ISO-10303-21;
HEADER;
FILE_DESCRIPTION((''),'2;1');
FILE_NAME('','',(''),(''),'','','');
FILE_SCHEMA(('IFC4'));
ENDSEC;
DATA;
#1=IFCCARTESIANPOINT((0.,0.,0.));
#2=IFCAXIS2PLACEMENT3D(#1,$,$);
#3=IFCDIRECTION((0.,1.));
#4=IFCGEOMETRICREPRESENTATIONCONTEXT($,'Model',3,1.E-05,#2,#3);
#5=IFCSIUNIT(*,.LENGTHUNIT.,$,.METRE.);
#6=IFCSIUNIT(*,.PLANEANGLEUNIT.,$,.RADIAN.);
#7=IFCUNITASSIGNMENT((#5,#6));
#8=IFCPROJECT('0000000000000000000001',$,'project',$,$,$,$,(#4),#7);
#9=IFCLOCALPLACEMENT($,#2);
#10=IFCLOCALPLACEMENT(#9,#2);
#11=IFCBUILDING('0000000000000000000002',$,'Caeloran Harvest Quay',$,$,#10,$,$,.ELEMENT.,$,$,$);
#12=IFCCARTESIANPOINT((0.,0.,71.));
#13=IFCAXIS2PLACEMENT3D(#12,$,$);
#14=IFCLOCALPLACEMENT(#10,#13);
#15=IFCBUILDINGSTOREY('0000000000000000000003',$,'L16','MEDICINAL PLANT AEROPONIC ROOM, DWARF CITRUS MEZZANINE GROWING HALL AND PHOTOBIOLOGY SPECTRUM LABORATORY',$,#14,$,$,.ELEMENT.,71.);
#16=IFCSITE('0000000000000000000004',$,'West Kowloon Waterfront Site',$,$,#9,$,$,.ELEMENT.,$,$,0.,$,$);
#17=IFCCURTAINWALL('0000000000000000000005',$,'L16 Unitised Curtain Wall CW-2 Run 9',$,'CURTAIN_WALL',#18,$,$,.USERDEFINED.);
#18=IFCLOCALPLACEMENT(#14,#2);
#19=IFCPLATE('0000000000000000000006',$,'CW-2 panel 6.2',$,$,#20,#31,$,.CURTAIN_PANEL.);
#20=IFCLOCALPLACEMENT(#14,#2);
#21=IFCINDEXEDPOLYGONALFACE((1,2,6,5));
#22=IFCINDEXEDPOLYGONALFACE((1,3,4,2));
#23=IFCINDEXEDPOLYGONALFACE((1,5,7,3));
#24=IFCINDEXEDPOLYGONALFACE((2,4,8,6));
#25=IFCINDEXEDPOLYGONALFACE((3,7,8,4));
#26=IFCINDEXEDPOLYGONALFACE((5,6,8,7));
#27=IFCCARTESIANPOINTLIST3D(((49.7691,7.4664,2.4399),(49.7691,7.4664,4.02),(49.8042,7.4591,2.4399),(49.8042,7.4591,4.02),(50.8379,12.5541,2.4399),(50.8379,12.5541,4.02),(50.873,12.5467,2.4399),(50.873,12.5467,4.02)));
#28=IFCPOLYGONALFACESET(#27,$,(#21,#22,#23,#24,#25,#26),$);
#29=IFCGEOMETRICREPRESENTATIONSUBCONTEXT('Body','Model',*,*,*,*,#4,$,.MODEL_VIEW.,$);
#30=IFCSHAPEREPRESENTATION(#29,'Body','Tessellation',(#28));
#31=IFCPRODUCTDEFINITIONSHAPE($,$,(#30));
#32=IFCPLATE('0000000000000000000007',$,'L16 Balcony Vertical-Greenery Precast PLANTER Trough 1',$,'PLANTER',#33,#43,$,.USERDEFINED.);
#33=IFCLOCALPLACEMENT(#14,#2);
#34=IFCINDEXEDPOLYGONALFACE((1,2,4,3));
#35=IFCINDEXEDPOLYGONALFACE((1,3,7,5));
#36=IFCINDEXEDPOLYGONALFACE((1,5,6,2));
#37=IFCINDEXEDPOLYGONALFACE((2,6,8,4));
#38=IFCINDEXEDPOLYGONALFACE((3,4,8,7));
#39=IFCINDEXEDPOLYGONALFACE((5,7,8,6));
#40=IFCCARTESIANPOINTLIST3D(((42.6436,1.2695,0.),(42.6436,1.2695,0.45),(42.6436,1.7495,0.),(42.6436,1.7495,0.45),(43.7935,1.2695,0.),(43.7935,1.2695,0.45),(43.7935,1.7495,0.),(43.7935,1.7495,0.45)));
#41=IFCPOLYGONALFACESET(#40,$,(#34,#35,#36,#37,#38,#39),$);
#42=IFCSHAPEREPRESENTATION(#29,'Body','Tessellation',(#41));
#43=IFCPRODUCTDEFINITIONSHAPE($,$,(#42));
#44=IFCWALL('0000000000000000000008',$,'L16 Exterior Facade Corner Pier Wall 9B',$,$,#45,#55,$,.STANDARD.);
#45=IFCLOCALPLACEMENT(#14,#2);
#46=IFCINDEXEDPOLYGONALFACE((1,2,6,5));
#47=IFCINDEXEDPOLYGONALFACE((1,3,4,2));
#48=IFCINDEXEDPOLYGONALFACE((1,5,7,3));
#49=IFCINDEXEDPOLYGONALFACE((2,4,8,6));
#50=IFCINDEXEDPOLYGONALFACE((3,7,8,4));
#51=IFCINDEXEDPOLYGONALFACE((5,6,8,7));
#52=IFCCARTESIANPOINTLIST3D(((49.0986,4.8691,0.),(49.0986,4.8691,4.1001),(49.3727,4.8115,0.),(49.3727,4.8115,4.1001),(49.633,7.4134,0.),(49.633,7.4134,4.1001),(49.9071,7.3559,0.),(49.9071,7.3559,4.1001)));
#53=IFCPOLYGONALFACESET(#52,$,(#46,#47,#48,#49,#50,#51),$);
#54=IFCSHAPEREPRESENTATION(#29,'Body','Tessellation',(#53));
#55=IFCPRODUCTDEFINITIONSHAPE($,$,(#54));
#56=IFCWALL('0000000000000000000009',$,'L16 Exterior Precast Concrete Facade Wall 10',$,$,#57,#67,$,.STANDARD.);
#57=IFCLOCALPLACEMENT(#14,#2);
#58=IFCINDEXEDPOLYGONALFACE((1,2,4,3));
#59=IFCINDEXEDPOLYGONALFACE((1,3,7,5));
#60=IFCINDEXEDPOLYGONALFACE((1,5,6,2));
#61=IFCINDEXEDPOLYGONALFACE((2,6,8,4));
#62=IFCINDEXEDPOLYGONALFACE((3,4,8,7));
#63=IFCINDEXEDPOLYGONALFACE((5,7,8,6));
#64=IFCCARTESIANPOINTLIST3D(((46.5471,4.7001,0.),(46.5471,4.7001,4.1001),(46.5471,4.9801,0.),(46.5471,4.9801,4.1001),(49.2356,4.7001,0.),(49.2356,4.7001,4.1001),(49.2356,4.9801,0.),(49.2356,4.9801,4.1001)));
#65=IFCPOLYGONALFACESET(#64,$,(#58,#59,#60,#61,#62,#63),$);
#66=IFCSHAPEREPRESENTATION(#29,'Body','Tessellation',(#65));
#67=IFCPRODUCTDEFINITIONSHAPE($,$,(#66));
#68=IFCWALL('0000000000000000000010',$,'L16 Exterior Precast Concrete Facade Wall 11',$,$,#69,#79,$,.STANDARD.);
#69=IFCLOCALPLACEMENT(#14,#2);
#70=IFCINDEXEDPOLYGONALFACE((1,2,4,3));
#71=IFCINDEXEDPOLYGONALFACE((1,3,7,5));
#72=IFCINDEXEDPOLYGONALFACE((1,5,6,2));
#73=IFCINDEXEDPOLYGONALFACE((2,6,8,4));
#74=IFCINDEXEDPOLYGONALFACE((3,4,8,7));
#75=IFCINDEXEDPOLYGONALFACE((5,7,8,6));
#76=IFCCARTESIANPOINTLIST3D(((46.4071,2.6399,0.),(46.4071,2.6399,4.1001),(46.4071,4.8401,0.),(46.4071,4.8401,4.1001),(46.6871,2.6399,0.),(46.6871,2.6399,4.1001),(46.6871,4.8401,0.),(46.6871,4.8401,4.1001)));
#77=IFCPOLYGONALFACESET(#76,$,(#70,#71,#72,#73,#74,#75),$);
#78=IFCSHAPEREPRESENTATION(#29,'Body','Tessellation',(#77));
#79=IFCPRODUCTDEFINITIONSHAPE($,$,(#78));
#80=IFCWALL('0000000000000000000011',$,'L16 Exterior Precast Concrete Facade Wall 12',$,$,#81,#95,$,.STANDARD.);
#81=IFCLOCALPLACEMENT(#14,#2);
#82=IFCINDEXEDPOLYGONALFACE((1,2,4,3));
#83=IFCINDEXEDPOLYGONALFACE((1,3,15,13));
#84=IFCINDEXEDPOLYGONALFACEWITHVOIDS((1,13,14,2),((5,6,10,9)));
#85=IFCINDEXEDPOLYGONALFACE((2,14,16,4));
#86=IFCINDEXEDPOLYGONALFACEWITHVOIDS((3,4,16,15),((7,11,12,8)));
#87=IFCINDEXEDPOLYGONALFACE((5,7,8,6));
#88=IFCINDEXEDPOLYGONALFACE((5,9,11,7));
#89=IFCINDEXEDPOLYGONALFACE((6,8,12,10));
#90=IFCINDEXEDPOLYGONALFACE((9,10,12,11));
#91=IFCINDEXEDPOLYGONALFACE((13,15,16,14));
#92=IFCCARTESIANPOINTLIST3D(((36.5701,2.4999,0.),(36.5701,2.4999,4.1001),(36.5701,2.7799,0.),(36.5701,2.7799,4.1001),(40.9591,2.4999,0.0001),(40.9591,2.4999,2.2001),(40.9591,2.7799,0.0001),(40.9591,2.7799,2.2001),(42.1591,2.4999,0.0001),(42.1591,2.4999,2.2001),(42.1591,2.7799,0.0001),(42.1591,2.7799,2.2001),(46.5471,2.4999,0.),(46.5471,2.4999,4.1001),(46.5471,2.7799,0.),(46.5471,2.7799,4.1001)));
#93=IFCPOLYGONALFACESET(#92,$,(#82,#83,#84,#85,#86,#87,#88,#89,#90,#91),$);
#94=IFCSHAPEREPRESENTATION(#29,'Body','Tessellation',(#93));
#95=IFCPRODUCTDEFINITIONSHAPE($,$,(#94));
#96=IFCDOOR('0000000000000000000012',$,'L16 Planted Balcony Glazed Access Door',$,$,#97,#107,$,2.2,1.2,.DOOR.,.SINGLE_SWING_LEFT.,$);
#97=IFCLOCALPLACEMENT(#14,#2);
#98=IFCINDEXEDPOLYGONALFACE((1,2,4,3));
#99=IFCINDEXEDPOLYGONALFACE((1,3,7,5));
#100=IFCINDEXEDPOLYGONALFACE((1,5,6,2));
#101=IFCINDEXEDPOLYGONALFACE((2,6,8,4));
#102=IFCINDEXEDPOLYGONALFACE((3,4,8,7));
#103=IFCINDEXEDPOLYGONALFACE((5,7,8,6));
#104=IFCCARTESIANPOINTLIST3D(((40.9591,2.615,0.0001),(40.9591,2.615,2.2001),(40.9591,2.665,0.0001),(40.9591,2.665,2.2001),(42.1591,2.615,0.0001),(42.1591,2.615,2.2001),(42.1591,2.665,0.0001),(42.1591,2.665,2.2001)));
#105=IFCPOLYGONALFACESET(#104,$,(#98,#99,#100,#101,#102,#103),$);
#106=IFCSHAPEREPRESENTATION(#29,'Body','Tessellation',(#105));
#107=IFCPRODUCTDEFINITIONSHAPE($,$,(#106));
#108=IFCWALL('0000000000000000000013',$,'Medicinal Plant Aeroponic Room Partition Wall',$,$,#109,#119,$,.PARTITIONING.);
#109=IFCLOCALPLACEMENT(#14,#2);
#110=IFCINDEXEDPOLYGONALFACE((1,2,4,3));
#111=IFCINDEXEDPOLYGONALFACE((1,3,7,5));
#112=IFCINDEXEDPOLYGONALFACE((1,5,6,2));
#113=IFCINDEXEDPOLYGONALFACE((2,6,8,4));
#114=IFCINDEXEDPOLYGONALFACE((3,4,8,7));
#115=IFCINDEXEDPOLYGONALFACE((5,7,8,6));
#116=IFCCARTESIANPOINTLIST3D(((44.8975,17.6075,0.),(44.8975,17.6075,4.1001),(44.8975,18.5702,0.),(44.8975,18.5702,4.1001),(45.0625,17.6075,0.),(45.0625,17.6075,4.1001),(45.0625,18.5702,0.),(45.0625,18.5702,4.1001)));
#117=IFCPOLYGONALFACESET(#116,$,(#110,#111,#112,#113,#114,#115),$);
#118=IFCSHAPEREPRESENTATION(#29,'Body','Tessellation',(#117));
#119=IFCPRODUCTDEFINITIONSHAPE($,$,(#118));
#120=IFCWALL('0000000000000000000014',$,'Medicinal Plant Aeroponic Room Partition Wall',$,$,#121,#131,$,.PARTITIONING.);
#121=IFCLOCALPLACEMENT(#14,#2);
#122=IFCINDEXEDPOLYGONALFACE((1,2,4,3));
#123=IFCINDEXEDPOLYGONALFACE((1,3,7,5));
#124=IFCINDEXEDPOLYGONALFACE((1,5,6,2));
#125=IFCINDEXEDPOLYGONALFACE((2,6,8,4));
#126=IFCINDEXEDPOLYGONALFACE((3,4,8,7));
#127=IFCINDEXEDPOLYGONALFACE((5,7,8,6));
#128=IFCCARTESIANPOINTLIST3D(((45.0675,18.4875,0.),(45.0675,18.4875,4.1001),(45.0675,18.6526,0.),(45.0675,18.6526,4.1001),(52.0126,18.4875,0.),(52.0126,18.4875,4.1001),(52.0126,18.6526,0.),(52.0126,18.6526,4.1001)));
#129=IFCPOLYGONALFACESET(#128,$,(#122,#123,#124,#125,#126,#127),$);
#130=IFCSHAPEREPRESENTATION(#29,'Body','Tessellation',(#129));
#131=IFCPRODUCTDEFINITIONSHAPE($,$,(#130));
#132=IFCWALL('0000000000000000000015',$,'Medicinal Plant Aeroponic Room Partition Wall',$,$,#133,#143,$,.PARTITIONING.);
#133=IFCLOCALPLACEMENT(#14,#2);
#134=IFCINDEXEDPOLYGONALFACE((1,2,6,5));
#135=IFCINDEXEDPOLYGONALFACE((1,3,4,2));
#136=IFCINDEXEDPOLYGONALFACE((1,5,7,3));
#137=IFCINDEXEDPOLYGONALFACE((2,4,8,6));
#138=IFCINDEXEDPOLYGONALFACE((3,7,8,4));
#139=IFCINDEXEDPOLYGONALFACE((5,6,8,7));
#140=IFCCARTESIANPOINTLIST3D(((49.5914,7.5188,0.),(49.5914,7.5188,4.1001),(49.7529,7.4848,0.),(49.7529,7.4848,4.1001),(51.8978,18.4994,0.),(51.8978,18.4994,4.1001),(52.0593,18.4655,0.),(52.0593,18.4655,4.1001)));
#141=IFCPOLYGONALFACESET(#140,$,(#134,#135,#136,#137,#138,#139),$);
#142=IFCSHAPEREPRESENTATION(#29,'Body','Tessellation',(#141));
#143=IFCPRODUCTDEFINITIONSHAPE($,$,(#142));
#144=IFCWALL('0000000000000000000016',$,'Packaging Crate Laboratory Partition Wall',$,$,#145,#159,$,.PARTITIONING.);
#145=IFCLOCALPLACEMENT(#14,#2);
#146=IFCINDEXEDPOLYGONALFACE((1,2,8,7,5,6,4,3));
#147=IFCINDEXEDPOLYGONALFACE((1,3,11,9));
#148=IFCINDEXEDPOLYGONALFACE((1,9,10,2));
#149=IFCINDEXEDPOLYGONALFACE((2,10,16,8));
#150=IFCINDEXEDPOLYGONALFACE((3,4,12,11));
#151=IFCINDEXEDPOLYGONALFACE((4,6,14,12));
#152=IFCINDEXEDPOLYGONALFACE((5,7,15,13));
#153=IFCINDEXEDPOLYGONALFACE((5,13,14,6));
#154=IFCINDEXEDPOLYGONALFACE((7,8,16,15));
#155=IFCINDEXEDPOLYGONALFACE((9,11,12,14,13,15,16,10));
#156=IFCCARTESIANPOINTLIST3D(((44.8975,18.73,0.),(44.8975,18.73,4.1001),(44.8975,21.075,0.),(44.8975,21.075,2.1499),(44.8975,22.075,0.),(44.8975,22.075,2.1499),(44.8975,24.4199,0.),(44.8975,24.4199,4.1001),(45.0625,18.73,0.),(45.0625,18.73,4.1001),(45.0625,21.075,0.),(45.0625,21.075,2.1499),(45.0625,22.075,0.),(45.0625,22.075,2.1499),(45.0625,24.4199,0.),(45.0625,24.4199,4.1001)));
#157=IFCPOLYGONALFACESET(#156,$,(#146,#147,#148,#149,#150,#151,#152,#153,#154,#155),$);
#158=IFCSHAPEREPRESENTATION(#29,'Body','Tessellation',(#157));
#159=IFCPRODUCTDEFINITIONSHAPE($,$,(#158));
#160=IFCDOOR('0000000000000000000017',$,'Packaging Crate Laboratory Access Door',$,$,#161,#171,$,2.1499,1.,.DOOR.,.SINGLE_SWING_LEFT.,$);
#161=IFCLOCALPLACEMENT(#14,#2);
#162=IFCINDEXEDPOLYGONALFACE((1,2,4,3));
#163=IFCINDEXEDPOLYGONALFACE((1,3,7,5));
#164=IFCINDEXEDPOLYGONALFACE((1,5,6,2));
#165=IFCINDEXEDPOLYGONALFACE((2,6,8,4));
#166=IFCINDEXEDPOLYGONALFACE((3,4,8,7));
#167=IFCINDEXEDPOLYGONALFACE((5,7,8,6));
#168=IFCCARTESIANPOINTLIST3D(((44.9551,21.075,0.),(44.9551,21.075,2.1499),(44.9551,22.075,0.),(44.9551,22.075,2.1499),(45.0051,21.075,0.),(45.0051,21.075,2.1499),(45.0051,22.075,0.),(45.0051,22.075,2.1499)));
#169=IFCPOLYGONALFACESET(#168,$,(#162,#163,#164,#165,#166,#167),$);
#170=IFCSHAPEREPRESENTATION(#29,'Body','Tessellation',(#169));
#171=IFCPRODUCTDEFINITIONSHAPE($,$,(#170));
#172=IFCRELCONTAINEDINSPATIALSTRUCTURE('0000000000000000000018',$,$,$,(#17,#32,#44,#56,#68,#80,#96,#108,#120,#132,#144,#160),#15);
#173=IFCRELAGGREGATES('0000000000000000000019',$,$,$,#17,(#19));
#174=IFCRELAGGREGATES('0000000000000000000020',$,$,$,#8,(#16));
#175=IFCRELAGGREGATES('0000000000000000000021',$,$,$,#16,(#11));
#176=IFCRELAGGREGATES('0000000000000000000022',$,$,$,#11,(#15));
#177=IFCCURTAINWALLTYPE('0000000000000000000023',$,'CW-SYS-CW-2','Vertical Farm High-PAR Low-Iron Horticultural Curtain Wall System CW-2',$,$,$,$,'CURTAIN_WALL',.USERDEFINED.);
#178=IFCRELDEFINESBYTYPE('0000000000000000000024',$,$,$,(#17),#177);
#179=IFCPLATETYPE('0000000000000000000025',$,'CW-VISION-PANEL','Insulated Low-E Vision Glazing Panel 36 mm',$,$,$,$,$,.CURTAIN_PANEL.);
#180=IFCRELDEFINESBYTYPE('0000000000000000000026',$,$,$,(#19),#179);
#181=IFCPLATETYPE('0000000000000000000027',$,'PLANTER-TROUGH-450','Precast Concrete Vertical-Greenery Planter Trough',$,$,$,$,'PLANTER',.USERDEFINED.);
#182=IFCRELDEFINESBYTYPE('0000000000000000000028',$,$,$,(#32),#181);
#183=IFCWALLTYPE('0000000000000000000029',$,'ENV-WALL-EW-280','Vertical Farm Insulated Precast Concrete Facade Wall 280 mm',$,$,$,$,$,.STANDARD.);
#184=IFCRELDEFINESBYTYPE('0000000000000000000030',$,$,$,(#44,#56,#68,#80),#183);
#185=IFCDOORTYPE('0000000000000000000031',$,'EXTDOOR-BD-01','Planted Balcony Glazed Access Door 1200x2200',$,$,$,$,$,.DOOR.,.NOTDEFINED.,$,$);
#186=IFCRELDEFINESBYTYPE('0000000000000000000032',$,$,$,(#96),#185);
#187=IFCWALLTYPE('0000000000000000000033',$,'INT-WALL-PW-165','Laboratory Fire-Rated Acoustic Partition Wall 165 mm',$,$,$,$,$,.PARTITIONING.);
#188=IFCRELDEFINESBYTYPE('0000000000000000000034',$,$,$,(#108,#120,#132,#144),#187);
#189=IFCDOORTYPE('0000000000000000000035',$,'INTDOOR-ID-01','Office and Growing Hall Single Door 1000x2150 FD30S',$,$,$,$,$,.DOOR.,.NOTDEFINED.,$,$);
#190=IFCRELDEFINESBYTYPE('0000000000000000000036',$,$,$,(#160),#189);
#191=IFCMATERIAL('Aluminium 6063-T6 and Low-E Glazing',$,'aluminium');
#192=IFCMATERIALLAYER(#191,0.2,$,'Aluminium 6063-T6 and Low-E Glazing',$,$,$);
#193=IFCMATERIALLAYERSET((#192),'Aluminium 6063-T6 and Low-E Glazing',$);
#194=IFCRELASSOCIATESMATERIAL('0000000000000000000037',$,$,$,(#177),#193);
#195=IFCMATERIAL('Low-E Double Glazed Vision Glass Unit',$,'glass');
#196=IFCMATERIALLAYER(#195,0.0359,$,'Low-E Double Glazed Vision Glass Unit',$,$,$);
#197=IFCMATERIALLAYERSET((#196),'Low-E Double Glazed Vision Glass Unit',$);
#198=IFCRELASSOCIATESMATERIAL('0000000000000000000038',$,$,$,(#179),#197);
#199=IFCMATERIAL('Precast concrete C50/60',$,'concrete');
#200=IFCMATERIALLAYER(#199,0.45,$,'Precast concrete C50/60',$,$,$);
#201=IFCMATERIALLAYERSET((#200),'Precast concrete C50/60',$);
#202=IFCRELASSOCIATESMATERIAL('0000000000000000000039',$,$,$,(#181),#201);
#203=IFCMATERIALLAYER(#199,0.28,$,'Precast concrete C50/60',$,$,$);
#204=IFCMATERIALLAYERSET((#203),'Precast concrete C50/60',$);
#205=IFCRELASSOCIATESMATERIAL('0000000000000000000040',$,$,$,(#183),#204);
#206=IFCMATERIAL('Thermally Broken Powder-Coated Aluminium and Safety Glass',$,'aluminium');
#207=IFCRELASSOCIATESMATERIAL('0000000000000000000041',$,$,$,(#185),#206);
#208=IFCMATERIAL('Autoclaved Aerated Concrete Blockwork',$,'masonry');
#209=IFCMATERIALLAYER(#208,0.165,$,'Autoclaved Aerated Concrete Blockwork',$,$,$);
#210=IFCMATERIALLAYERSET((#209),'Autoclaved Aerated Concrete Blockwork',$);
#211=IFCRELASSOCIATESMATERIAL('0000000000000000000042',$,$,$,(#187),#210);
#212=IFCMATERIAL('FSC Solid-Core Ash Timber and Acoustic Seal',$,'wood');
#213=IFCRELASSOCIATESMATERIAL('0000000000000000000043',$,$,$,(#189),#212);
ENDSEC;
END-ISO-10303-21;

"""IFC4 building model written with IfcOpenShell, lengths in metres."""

from ifc_helpers import new_model, si_unit, direction, frame, frame_2d, origin, origin_2d, place, context, subcontext, project, spatial, rectangle, extrude, material, layer, layer_set, type_object, element, fill, aggregate, save


model = new_model("IFC4")

# Units and contexts
model_context = context("Model", 3, precision=1e-05, world=origin(), true_north=direction((0.0, 1.0)))
body_context = subcontext(model_context, "Body", "Model", "MODEL_VIEW")
ifc_project = project(units=[si_unit("LENGTHUNIT", "METRE"), si_unit("PLANEANGLEUNIT", "RADIAN")], contexts=[model_context])

# Site, building, storey
site_placement = place(None, origin())
site = spatial("IfcSite", under=ifc_project, at=site_placement, Name="West Kowloon Waterfront Site", CompositionType="ELEMENT", RefElevation=0.0)
building_placement = place(site_placement, origin())
building = spatial("IfcBuilding", under=site, at=building_placement, Name="Caeloran Harvest Quay", CompositionType="ELEMENT")
storey_placement = place(building_placement, frame((0.0, 0.0, 71.0)))
storey = spatial("IfcBuildingStorey", under=building, at=storey_placement, Name="L16", Description="MEDICINAL PLANT AEROPONIC ROOM, DWARF CITRUS MEZZANINE GROWING HALL AND PHOTOBIOLOGY SPECTRUM LABORATORY", CompositionType="ELEMENT", Elevation=71.0)

# Curtain wall, plate
ifc_material_1 = material(Name="Aluminium 6063-T6 and Low-E Glazing", Category="aluminium")
ifc_layer_1 = layer(ifc_material_1, 0.2, Name="Aluminium 6063-T6 and Low-E Glazing")
ifc_layer_set_1 = layer_set([ifc_layer_1], Name="Aluminium 6063-T6 and Low-E Glazing")
curtain_wall_type = type_object("IfcCurtainWallType", Name="CW-SYS-CW-2", Description="Vertical Farm High-PAR Low-Iron Horticultural Curtain Wall System CW-2", ElementType="CURTAIN_WALL", PredefinedType="USERDEFINED", material=ifc_layer_set_1)
curtain_wall_placement = place(storey_placement, origin())
curtain_wall = element("IfcCurtainWall", 1, at=curtain_wall_placement, inside=storey, type_object=curtain_wall_type, Name="L16 Unitised Curtain Wall CW-2 Run 9", ObjectType="CURTAIN_WALL", PredefinedType="USERDEFINED")
ifc_material_2 = material(Name="Low-E Double Glazed Vision Glass Unit", Category="glass")
ifc_layer_2 = layer(ifc_material_2, 0.0359, Name="Low-E Double Glazed Vision Glass Unit")
ifc_layer_set_2 = layer_set([ifc_layer_2], Name="Low-E Double Glazed Vision Glass Unit")
plate_type_1 = type_object("IfcPlateType", Name="CW-VISION-PANEL", Description="Insulated Low-E Vision Glazing Panel 36 mm", PredefinedType="CURTAIN_PANEL", material=ifc_layer_set_2)
plate_1_placement = place(storey_placement, frame((50.321, 10.0066, 2.4399), z_axis=(0.0, 0.0, 1.0), x_axis=(-0.205583, -0.97864, 0.0)))
plate_1 = element("IfcPlate", 2, at=plate_1_placement, type_object=plate_type_1, Name="CW-2 panel 6.2", PredefinedType="CURTAIN_PANEL", context=body_context, shape_type="SweptSolid", body=[
    extrude(rectangle(XDim=5.1987, YDim=0.0359, at=origin_2d()), origin(), (0.0, 0.0, 1.0), 1.5801),
])
aggregate(curtain_wall, [plate_1])

# Plate
ifc_material_3 = material(Name="Precast concrete C50/60", Category="concrete")
ifc_layer_3 = layer(ifc_material_3, 0.45, Name="Precast concrete C50/60")
ifc_layer_set_3 = layer_set([ifc_layer_3], Name="Precast concrete C50/60")
plate_type_2 = type_object("IfcPlateType", Name="PLANTER-TROUGH-450", Description="Precast Concrete Vertical-Greenery Planter Trough", ElementType="PLANTER", PredefinedType="USERDEFINED", material=ifc_layer_set_3)
plate_2_placement = place(storey_placement, frame((43.2185, 1.5095, 0.0), z_axis=(0.0, 0.0, 1.0), x_axis=(1.0, 0.0, 0.0)))
element("IfcPlate", 3, at=plate_2_placement, inside=storey, type_object=plate_type_2, Name="L16 Balcony Vertical-Greenery Precast PLANTER Trough 1", ObjectType="PLANTER", PredefinedType="USERDEFINED", context=body_context, shape_type="SweptSolid", body=[
    extrude(rectangle(XDim=1.1499, YDim=0.48, at=origin_2d()), origin(), (0.0, 0.0, 1.0), 0.45),
])

# Walls
ifc_layer_4 = layer(ifc_material_3, 0.28, Name="Precast concrete C50/60")
ifc_layer_set_4 = layer_set([ifc_layer_4], Name="Precast concrete C50/60")
wall_type_1 = type_object("IfcWallType", Name="ENV-WALL-EW-280", Description="Vertical Farm Insulated Precast Concrete Facade Wall 280 mm", PredefinedType="STANDARD", material=ifc_layer_set_4)
wall_1_placement = place(storey_placement, frame((49.77, 7.3845, 0.0), z_axis=(0.0, 0.0, 1.0), x_axis=(-0.205551, -0.978646, 0.0)))
element("IfcWall", 4, at=wall_1_placement, inside=storey, type_object=wall_type_1, Name="L16 Exterior Facade Corner Pier Wall 9B", PredefinedType="STANDARD", context=body_context, shape_type="SweptSolid", body=[
    extrude(rectangle(XDim=2.5999, YDim=0.28, at=frame_2d((1.2998, 0.0))), origin(), (0.0, 0.0, 1.0), 4.1001),
])
wall_2_placement = place(storey_placement, frame((49.2356, 4.8401, 0.0), z_axis=(0.0, 0.0, 1.0), x_axis=(-1.0, 0.0, 0.0)))
element("IfcWall", 5, at=wall_2_placement, inside=storey, type_object=wall_type_1, Name="L16 Exterior Precast Concrete Facade Wall 10", PredefinedType="STANDARD", context=body_context, shape_type="SweptSolid", body=[
    extrude(rectangle(XDim=2.6885, YDim=0.28, at=frame_2d((1.3442, 0.0))), origin(), (0.0, 0.0, 1.0), 4.1001),
])
wall_3_placement = place(storey_placement, frame((46.5471, 4.8401, 0.0), z_axis=(0.0, 0.0, 1.0), x_axis=(0.0, -1.0, 0.0)))
element("IfcWall", 6, at=wall_3_placement, inside=storey, type_object=wall_type_1, Name="L16 Exterior Precast Concrete Facade Wall 11", PredefinedType="STANDARD", context=body_context, shape_type="SweptSolid", body=[
    extrude(rectangle(XDim=2.2002, YDim=0.28, at=frame_2d((1.1001, 0.0))), origin(), (0.0, 0.0, 1.0), 4.1001),
])

# Wall, opening, door
wall_4_placement = place(storey_placement, frame((46.5471, 2.6399, 0.0), z_axis=(0.0, 0.0, 1.0), x_axis=(-1.0, 0.0, 0.0)))
wall_4 = element("IfcWall", 7, at=wall_4_placement, inside=storey, type_object=wall_type_1, Name="L16 Exterior Precast Concrete Facade Wall 12", PredefinedType="STANDARD", context=body_context, shape_type="SweptSolid", body=[
    extrude(rectangle(XDim=9.9771, YDim=0.28, at=frame_2d((4.9885, 0.0))), origin(), (0.0, 0.0, 1.0), 4.1001),
])
opening_1_placement = place(wall_4_placement, frame((4.3879, 0.0, 0.0)))
opening_1 = element("IfcOpeningElement", 8, at=opening_1_placement, cuts=wall_4, PredefinedType="OPENING", context=body_context, shape_type="SweptSolid", body=[
    extrude(rectangle(XDim=1.2, YDim=2.2, at=frame_2d((0.6001, 1.1001))), frame((0.0, 0.1499, 0.0), z_axis=(0.0, -1.0, 0.0), x_axis=(1.0, 0.0, 0.0)), (0.0, 0.0, 1.0), 0.3),
])
ifc_material_4 = material(Name="Thermally Broken Powder-Coated Aluminium and Safety Glass", Category="aluminium")
door_type_1 = type_object("IfcDoorType", Name="EXTDOOR-BD-01", Description="Planted Balcony Glazed Access Door 1200x2200", OperationType="NOTDEFINED", PredefinedType="DOOR", material=ifc_material_4)
door_1_placement = place(opening_1_placement, origin())
door_1 = element("IfcDoor", 9, at=door_1_placement, inside=storey, type_object=door_type_1, Name="L16 Planted Balcony Glazed Access Door", OperationType="SINGLE_SWING_LEFT", OverallHeight=2.2, OverallWidth=1.2, PredefinedType="DOOR", context=body_context, shape_type="SweptSolid", body=[
    extrude(rectangle(XDim=1.2, YDim=2.2, at=frame_2d((0.6001, 1.1001))), frame((0.0, 0.0249, 0.0), z_axis=(0.0, -1.0, 0.0), x_axis=(1.0, 0.0, 0.0)), (0.0, 0.0, 1.0), 0.05),
])
fill(opening_1, door_1)

# Walls
ifc_material_5 = material(Name="Autoclaved Aerated Concrete Blockwork", Category="masonry")
ifc_layer_5 = layer(ifc_material_5, 0.165, Name="Autoclaved Aerated Concrete Blockwork")
ifc_layer_set_5 = layer_set([ifc_layer_5], Name="Autoclaved Aerated Concrete Blockwork")
wall_type_2 = type_object("IfcWallType", Name="INT-WALL-PW-165", Description="Laboratory Fire-Rated Acoustic Partition Wall 165 mm", PredefinedType="PARTITIONING", material=ifc_layer_set_5)
wall_5_placement = place(storey_placement, frame((44.98, 17.6074, 0.0), z_axis=(0.0, 0.0, 1.0), x_axis=(0.0, 1.0, 0.0)))
element("IfcWall", 10, at=wall_5_placement, inside=storey, type_object=wall_type_2, Name="Medicinal Plant Aeroponic Room Partition Wall", PredefinedType="PARTITIONING", context=body_context, shape_type="SweptSolid", body=[
    extrude(rectangle(XDim=0.9626, YDim=0.165, at=frame_2d((0.4814, 0.0))), origin(), (0.0, 0.0, 1.0), 4.1001),
])
wall_6_placement = place(storey_placement, frame((45.0674, 18.5701, 0.0), z_axis=(0.0, 0.0, 1.0), x_axis=(1.0, 0.0, 0.0)))
element("IfcWall", 11, at=wall_6_placement, inside=storey, type_object=wall_type_2, Name="Medicinal Plant Aeroponic Room Partition Wall", PredefinedType="PARTITIONING", context=body_context, shape_type="SweptSolid", body=[
    extrude(rectangle(XDim=6.9451, YDim=0.165, at=frame_2d((3.4727, 0.0))), origin(), (0.0, 0.0, 1.0), 4.1001),
])
wall_7_placement = place(storey_placement, frame((51.9785, 18.4824, 0.0), z_axis=(0.0, 0.0, 1.0), x_axis=(-0.205555, -0.978645, 0.0)))
element("IfcWall", 12, at=wall_7_placement, inside=storey, type_object=wall_type_2, Name="Medicinal Plant Aeroponic Room Partition Wall", PredefinedType="PARTITIONING", context=body_context, shape_type="SweptSolid", body=[
    extrude(rectangle(XDim=11.2202, YDim=0.165, at=frame_2d((5.6101, 0.0))), origin(), (0.0, 0.0, 1.0), 4.1001),
])

# Wall, opening, door
wall_8_placement = place(storey_placement, frame((44.98, 18.73, 0.0), z_axis=(0.0, 0.0, 1.0), x_axis=(0.0, 1.0, 0.0)))
wall_8 = element("IfcWall", 13, at=wall_8_placement, inside=storey, type_object=wall_type_2, Name="Packaging Crate Laboratory Partition Wall", PredefinedType="PARTITIONING", context=body_context, shape_type="SweptSolid", body=[
    extrude(rectangle(XDim=5.6899, YDim=0.165, at=frame_2d((2.845, 0.0))), origin(), (0.0, 0.0, 1.0), 4.1001),
])
opening_2_placement = place(wall_8_placement, frame((2.345, 0.0, 0.0)))
opening_2 = element("IfcOpeningElement", 14, at=opening_2_placement, cuts=wall_8, PredefinedType="OPENING", context=body_context, shape_type="SweptSolid", body=[
    extrude(rectangle(XDim=1.0, YDim=2.1499, at=frame_2d((0.5, 1.075))), frame((0.0, 0.0925, 0.0), z_axis=(0.0, -1.0, 0.0), x_axis=(1.0, 0.0, 0.0)), (0.0, 0.0, 1.0), 0.1851),
])
ifc_material_6 = material(Name="FSC Solid-Core Ash Timber and Acoustic Seal", Category="wood")
door_type_2 = type_object("IfcDoorType", Name="INTDOOR-ID-01", Description="Office and Growing Hall Single Door 1000x2150 FD30S", OperationType="NOTDEFINED", PredefinedType="DOOR", material=ifc_material_6)
door_2_placement = place(opening_2_placement, origin())
door_2 = element("IfcDoor", 15, at=door_2_placement, inside=storey, type_object=door_type_2, Name="Packaging Crate Laboratory Access Door", OperationType="SINGLE_SWING_LEFT", OverallHeight=2.1499, OverallWidth=1.0, PredefinedType="DOOR", context=body_context, shape_type="SweptSolid", body=[
    extrude(rectangle(XDim=1.0, YDim=2.1499, at=frame_2d((0.5, 1.075))), frame((0.0, 0.0249, 0.0), z_axis=(0.0, -1.0, 0.0), x_axis=(1.0, 0.0, 0.0)), (0.0, 0.0, 1.0), 0.05),
])
fill(opening_2, door_2)

save(model, "model.ifc")
